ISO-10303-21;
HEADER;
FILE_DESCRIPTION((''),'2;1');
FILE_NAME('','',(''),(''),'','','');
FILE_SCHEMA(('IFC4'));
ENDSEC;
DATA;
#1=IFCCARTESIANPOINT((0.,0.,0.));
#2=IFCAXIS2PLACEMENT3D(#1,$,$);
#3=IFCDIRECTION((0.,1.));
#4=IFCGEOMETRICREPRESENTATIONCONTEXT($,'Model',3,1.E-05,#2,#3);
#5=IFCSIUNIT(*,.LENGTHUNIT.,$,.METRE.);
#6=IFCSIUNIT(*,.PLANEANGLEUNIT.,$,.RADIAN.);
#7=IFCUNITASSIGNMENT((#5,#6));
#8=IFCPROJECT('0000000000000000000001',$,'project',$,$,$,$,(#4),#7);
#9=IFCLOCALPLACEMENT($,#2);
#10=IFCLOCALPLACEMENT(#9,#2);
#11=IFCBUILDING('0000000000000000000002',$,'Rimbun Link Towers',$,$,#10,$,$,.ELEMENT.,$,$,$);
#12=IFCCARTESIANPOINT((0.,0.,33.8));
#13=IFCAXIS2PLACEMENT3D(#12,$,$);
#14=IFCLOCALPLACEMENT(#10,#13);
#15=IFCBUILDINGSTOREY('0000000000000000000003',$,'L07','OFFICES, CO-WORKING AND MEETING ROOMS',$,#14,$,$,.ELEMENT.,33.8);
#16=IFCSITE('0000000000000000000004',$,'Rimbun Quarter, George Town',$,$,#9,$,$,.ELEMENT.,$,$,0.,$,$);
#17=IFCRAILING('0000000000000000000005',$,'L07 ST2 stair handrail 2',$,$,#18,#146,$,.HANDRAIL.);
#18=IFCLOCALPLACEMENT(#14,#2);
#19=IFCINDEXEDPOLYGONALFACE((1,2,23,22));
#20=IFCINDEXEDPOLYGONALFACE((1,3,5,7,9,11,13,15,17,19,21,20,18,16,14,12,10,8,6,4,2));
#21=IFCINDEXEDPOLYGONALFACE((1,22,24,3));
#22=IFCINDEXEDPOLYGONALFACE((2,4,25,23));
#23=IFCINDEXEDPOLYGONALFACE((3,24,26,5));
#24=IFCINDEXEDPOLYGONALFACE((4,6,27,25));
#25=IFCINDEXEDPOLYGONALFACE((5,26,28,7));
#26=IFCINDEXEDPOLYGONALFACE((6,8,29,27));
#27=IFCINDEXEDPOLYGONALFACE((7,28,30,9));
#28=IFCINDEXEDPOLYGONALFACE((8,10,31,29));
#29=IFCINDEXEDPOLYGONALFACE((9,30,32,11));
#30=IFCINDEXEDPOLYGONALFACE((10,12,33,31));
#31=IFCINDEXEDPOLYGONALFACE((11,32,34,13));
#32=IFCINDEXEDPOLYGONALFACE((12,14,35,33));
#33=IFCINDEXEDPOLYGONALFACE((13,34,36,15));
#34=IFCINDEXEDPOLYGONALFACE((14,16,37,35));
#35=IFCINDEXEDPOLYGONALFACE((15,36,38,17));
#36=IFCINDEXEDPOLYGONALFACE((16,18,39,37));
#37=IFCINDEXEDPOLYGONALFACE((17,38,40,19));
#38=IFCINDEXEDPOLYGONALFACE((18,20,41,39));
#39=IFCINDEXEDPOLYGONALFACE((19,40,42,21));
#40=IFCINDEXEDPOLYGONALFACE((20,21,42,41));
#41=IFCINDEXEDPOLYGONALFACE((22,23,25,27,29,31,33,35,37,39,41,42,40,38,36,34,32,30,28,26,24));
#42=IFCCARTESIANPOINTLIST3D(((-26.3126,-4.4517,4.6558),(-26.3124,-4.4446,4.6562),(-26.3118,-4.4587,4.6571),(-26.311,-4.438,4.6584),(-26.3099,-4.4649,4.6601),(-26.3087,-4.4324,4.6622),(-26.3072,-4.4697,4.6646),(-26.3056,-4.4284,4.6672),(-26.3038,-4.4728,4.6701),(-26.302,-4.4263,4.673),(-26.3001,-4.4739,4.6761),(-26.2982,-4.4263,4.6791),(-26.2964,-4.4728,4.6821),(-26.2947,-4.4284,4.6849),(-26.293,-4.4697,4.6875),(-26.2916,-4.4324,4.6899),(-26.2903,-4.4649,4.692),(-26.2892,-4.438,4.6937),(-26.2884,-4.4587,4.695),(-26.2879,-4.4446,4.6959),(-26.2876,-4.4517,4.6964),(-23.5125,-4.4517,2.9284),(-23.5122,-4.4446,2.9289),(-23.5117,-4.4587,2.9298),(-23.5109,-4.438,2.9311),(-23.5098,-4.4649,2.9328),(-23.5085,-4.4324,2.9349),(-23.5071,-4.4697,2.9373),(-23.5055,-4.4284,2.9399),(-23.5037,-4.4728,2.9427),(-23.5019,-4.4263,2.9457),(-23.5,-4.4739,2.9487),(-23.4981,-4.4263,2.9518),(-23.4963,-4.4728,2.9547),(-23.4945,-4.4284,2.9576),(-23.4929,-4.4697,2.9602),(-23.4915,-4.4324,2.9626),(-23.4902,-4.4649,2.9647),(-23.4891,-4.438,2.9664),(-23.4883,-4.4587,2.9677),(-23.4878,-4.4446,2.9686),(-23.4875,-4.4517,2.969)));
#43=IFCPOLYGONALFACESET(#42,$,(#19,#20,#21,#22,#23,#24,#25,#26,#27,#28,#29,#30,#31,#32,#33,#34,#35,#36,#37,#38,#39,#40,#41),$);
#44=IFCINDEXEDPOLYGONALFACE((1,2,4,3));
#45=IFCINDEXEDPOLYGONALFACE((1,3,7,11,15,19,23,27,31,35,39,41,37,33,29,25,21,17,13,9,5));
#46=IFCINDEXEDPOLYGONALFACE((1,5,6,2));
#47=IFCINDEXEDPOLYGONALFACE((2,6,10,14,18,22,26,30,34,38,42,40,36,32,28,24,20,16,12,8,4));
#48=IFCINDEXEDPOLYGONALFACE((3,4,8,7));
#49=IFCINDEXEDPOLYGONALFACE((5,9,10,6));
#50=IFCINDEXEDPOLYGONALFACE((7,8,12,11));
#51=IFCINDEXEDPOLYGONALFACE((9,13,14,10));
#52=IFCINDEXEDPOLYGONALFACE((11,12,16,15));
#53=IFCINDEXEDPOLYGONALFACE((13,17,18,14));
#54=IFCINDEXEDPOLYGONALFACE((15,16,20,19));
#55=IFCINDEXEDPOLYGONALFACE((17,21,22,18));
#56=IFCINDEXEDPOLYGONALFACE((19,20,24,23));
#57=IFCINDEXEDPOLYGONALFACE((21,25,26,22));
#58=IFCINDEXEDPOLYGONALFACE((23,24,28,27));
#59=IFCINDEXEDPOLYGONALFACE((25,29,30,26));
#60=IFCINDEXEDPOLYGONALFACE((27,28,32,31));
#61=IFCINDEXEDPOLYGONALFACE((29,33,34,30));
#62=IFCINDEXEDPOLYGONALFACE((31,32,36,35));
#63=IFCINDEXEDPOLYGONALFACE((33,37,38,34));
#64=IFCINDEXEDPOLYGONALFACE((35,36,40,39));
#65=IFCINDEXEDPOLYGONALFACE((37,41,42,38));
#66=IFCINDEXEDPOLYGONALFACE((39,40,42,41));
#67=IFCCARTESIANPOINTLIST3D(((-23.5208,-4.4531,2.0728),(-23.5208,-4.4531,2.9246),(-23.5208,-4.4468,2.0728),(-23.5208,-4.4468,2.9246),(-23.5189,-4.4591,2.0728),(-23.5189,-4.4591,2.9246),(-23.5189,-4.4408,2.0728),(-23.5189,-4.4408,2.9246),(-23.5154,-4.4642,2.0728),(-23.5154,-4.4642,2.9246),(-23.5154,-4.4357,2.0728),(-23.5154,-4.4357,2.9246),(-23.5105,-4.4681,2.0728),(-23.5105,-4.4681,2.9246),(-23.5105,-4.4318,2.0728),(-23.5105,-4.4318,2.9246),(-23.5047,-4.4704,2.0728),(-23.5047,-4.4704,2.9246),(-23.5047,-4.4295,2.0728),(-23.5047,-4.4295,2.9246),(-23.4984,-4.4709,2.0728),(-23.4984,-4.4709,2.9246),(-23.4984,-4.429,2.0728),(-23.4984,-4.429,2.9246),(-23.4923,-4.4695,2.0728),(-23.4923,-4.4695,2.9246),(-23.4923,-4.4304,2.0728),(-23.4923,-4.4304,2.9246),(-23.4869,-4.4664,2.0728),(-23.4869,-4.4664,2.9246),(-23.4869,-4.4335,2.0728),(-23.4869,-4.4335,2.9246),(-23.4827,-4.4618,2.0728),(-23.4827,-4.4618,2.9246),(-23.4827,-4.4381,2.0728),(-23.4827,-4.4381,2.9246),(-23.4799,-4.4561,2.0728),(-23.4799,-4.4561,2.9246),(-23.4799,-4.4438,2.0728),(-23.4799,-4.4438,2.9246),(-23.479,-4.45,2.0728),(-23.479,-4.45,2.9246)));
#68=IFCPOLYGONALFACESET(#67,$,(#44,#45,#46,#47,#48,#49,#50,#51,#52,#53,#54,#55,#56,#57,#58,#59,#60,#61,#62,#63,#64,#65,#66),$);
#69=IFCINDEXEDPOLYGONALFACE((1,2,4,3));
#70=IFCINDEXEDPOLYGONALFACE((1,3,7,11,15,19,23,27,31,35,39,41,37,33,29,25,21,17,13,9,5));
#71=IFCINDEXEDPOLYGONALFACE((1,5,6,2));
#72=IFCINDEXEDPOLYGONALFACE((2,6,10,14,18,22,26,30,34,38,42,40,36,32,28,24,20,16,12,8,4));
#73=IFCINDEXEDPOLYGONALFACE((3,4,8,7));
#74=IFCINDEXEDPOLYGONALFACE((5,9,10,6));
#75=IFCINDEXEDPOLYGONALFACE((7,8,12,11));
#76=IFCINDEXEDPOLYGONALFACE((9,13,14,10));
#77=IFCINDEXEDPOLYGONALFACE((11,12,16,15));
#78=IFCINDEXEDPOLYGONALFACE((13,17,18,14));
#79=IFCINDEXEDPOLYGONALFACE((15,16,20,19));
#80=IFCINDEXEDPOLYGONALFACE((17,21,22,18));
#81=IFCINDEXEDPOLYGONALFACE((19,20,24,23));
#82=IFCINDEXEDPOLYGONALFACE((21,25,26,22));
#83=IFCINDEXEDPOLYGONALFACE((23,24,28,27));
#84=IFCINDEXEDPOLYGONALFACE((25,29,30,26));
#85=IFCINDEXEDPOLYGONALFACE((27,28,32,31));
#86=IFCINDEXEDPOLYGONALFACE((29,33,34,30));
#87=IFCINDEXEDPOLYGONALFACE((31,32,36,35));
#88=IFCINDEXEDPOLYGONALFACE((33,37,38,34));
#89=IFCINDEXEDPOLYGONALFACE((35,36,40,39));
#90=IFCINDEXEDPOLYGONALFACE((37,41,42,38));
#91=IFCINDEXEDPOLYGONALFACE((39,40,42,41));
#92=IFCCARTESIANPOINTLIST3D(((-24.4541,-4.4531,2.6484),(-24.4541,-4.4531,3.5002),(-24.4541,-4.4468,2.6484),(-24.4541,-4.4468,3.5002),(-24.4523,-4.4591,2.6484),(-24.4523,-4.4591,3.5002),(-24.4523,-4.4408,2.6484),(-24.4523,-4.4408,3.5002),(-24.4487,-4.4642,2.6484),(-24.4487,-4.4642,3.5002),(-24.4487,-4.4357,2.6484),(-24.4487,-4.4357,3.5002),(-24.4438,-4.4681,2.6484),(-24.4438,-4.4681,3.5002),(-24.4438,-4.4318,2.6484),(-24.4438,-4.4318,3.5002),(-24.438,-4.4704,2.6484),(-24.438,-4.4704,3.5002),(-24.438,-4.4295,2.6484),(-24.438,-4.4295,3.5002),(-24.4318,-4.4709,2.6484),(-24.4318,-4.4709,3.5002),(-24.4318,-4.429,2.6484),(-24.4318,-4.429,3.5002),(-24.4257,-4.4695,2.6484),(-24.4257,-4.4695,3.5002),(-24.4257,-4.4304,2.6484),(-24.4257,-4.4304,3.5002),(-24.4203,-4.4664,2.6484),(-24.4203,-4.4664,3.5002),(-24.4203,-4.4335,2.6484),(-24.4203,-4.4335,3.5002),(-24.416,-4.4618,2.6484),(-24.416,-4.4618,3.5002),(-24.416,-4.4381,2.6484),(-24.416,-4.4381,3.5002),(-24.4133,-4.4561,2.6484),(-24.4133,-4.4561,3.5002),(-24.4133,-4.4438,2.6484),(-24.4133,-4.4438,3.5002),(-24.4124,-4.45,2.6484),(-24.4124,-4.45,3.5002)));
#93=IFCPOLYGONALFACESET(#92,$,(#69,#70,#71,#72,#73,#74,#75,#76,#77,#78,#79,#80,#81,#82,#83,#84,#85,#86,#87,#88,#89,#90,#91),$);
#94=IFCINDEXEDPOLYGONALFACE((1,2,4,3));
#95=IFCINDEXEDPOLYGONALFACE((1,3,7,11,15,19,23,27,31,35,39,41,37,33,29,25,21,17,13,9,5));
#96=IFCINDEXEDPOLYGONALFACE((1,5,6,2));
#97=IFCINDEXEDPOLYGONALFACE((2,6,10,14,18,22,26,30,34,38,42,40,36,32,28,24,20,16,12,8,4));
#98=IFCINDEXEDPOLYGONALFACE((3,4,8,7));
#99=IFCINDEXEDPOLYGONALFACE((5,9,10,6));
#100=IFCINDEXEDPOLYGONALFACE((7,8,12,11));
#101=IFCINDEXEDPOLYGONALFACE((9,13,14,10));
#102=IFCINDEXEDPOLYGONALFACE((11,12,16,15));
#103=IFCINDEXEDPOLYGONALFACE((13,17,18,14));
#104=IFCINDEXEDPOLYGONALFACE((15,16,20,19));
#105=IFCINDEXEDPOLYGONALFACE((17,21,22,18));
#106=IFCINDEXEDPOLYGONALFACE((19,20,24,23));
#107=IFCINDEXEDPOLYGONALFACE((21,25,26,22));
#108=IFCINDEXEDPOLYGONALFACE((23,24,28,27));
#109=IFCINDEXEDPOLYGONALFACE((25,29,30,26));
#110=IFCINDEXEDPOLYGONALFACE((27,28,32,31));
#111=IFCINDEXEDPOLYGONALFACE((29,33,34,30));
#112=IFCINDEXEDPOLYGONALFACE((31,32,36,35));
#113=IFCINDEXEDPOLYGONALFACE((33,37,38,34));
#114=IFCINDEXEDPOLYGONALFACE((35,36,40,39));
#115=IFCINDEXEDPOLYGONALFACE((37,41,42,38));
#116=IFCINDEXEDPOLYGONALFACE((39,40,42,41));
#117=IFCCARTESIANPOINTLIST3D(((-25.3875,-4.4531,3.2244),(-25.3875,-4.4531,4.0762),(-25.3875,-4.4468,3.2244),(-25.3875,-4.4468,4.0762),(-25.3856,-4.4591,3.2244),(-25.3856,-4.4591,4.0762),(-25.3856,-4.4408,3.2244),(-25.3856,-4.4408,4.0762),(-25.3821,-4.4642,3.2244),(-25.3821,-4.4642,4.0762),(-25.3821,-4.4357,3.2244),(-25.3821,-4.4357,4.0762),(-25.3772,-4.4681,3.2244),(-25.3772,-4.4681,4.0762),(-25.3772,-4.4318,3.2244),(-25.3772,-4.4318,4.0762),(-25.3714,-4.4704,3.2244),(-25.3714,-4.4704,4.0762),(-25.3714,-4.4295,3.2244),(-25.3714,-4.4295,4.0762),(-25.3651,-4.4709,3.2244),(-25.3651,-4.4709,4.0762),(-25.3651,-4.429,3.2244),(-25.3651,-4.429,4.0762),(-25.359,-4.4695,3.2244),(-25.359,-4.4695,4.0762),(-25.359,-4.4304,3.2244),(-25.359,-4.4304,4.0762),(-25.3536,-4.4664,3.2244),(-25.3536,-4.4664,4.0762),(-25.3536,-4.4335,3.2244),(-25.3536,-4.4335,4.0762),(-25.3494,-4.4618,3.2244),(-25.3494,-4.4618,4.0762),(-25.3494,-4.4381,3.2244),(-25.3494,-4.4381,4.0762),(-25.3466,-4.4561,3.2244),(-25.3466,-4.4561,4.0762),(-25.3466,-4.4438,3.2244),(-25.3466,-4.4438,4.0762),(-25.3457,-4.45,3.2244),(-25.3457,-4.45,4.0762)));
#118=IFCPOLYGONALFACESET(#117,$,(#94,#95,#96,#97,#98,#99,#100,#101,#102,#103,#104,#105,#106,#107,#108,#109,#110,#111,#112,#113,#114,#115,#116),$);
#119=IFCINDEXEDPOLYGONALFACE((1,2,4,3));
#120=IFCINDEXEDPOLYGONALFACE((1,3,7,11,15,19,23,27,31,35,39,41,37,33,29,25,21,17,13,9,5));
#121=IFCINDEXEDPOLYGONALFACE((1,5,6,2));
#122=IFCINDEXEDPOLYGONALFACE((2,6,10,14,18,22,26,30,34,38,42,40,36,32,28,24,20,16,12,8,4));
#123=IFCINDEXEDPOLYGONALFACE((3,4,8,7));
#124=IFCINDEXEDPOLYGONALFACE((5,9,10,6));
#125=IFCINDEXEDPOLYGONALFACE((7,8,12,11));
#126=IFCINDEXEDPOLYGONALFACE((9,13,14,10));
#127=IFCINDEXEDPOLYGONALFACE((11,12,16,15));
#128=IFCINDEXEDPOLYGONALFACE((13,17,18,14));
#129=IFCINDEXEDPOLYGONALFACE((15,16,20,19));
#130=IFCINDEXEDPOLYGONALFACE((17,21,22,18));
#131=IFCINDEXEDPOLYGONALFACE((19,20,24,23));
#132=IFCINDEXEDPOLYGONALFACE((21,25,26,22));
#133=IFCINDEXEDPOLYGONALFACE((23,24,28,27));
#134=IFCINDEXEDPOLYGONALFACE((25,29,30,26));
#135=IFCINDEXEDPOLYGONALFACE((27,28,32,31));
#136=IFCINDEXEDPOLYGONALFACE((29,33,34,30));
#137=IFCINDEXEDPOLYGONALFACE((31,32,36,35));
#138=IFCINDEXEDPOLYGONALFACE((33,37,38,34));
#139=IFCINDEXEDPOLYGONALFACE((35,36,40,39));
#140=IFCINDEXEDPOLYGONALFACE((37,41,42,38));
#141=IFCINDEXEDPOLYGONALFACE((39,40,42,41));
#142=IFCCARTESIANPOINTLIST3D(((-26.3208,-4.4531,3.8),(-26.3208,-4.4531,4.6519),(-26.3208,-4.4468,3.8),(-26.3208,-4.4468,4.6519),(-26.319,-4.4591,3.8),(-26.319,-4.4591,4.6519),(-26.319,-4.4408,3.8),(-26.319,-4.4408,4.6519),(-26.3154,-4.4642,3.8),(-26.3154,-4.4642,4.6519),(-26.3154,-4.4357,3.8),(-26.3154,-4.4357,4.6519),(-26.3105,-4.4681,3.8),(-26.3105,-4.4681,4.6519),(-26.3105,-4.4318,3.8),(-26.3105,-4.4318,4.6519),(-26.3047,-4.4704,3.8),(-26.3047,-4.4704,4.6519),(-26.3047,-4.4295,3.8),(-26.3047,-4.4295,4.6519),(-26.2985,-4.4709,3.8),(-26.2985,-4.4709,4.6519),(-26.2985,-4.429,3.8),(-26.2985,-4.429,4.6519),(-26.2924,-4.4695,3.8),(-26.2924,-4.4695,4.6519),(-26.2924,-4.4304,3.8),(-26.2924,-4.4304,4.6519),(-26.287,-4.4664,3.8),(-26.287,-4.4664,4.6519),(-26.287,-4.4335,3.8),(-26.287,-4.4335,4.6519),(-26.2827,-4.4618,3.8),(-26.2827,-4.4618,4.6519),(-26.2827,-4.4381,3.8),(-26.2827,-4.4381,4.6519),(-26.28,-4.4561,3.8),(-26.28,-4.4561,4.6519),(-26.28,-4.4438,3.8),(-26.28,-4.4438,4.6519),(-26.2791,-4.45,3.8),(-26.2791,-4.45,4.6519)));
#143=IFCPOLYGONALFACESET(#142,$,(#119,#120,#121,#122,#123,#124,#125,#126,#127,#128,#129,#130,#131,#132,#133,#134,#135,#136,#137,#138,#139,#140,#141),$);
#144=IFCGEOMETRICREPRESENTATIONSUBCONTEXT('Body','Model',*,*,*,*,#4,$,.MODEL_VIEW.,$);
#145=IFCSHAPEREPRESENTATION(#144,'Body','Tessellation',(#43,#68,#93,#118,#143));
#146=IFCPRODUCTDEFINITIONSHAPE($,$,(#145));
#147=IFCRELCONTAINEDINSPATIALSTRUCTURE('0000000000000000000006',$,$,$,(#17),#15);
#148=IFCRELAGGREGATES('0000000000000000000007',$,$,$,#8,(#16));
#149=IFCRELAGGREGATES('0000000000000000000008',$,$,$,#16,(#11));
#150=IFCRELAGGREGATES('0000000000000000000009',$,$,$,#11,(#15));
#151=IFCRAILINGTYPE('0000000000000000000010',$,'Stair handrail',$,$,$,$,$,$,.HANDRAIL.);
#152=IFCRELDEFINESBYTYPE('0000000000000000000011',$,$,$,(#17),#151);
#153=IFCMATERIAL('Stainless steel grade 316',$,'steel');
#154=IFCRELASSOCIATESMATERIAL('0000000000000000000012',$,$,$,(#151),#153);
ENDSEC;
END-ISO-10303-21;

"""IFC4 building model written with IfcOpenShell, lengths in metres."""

from ifc_helpers import new_model, si_unit, direction, frame, origin, origin_2d, place, context, subcontext, project, spatial, circle, extrude, material, type_object, element, save


model = new_model("IFC4")

# Units and contexts
model_context = context("Model", 3, precision=1e-05, world=origin(), true_north=direction((0.0, 1.0)))
body_context = subcontext(model_context, "Body", "Model", "MODEL_VIEW")
ifc_project = project(units=[si_unit("LENGTHUNIT", "METRE"), si_unit("PLANEANGLEUNIT", "RADIAN")], contexts=[model_context])

# Site, building, storey
site_placement = place(None, origin())
site = spatial("IfcSite", under=ifc_project, at=site_placement, Name="Rimbun Quarter, George Town", CompositionType="ELEMENT", RefElevation=0.0)
building_placement = place(site_placement, origin())
building = spatial("IfcBuilding", under=site, at=building_placement, Name="Rimbun Link Towers", CompositionType="ELEMENT")
storey_placement = place(building_placement, frame((0.0, 0.0, 33.8)))
storey = spatial("IfcBuildingStorey", under=building, at=storey_placement, Name="L07", Description="OFFICES, CO-WORKING AND MEETING ROOMS", CompositionType="ELEMENT", Elevation=33.8)

# Railing
ifc_material_1 = material(Name="Stainless steel grade 316", Category="steel")
railing_type_1 = type_object("IfcRailingType", Name="Stair handrail", PredefinedType="HANDRAIL", material=ifc_material_1)
railing_1_placement = place(storey_placement, frame((-23.5, -4.45, 2.0728)))
element("IfcRailing", 1, at=railing_1_placement, inside=storey, type_object=railing_type_1, Name="L07 ST2 stair handrail 2", PredefinedType="HANDRAIL", context=body_context, shape_type="SweptSolid", body=[
    extrude(circle(Radius=0.0239, at=origin_2d()), frame((0.0, 0.0, 0.876), z_axis=(-0.85109, 0.0, 0.52502), x_axis=(0.0, -1.0, 0.0)), (0.0, 0.0, 1.0), 3.29),
    extrude(circle(Radius=0.021, at=origin_2d()), origin(), (0.0, 0.0, 1.0), 0.8518),
    extrude(circle(Radius=0.021, at=origin_2d()), frame((-0.9333, 0.0, 0.5757)), (0.0, 0.0, 1.0), 0.8518),
    extrude(circle(Radius=0.021, at=origin_2d()), frame((-1.8667, 0.0, 1.1516)), (0.0, 0.0, 1.0), 0.8518),
    extrude(circle(Radius=0.021, at=origin_2d()), frame((-2.8, 0.0, 1.7273)), (0.0, 0.0, 1.0), 0.8518),
])

save(model, "model.ifc")
